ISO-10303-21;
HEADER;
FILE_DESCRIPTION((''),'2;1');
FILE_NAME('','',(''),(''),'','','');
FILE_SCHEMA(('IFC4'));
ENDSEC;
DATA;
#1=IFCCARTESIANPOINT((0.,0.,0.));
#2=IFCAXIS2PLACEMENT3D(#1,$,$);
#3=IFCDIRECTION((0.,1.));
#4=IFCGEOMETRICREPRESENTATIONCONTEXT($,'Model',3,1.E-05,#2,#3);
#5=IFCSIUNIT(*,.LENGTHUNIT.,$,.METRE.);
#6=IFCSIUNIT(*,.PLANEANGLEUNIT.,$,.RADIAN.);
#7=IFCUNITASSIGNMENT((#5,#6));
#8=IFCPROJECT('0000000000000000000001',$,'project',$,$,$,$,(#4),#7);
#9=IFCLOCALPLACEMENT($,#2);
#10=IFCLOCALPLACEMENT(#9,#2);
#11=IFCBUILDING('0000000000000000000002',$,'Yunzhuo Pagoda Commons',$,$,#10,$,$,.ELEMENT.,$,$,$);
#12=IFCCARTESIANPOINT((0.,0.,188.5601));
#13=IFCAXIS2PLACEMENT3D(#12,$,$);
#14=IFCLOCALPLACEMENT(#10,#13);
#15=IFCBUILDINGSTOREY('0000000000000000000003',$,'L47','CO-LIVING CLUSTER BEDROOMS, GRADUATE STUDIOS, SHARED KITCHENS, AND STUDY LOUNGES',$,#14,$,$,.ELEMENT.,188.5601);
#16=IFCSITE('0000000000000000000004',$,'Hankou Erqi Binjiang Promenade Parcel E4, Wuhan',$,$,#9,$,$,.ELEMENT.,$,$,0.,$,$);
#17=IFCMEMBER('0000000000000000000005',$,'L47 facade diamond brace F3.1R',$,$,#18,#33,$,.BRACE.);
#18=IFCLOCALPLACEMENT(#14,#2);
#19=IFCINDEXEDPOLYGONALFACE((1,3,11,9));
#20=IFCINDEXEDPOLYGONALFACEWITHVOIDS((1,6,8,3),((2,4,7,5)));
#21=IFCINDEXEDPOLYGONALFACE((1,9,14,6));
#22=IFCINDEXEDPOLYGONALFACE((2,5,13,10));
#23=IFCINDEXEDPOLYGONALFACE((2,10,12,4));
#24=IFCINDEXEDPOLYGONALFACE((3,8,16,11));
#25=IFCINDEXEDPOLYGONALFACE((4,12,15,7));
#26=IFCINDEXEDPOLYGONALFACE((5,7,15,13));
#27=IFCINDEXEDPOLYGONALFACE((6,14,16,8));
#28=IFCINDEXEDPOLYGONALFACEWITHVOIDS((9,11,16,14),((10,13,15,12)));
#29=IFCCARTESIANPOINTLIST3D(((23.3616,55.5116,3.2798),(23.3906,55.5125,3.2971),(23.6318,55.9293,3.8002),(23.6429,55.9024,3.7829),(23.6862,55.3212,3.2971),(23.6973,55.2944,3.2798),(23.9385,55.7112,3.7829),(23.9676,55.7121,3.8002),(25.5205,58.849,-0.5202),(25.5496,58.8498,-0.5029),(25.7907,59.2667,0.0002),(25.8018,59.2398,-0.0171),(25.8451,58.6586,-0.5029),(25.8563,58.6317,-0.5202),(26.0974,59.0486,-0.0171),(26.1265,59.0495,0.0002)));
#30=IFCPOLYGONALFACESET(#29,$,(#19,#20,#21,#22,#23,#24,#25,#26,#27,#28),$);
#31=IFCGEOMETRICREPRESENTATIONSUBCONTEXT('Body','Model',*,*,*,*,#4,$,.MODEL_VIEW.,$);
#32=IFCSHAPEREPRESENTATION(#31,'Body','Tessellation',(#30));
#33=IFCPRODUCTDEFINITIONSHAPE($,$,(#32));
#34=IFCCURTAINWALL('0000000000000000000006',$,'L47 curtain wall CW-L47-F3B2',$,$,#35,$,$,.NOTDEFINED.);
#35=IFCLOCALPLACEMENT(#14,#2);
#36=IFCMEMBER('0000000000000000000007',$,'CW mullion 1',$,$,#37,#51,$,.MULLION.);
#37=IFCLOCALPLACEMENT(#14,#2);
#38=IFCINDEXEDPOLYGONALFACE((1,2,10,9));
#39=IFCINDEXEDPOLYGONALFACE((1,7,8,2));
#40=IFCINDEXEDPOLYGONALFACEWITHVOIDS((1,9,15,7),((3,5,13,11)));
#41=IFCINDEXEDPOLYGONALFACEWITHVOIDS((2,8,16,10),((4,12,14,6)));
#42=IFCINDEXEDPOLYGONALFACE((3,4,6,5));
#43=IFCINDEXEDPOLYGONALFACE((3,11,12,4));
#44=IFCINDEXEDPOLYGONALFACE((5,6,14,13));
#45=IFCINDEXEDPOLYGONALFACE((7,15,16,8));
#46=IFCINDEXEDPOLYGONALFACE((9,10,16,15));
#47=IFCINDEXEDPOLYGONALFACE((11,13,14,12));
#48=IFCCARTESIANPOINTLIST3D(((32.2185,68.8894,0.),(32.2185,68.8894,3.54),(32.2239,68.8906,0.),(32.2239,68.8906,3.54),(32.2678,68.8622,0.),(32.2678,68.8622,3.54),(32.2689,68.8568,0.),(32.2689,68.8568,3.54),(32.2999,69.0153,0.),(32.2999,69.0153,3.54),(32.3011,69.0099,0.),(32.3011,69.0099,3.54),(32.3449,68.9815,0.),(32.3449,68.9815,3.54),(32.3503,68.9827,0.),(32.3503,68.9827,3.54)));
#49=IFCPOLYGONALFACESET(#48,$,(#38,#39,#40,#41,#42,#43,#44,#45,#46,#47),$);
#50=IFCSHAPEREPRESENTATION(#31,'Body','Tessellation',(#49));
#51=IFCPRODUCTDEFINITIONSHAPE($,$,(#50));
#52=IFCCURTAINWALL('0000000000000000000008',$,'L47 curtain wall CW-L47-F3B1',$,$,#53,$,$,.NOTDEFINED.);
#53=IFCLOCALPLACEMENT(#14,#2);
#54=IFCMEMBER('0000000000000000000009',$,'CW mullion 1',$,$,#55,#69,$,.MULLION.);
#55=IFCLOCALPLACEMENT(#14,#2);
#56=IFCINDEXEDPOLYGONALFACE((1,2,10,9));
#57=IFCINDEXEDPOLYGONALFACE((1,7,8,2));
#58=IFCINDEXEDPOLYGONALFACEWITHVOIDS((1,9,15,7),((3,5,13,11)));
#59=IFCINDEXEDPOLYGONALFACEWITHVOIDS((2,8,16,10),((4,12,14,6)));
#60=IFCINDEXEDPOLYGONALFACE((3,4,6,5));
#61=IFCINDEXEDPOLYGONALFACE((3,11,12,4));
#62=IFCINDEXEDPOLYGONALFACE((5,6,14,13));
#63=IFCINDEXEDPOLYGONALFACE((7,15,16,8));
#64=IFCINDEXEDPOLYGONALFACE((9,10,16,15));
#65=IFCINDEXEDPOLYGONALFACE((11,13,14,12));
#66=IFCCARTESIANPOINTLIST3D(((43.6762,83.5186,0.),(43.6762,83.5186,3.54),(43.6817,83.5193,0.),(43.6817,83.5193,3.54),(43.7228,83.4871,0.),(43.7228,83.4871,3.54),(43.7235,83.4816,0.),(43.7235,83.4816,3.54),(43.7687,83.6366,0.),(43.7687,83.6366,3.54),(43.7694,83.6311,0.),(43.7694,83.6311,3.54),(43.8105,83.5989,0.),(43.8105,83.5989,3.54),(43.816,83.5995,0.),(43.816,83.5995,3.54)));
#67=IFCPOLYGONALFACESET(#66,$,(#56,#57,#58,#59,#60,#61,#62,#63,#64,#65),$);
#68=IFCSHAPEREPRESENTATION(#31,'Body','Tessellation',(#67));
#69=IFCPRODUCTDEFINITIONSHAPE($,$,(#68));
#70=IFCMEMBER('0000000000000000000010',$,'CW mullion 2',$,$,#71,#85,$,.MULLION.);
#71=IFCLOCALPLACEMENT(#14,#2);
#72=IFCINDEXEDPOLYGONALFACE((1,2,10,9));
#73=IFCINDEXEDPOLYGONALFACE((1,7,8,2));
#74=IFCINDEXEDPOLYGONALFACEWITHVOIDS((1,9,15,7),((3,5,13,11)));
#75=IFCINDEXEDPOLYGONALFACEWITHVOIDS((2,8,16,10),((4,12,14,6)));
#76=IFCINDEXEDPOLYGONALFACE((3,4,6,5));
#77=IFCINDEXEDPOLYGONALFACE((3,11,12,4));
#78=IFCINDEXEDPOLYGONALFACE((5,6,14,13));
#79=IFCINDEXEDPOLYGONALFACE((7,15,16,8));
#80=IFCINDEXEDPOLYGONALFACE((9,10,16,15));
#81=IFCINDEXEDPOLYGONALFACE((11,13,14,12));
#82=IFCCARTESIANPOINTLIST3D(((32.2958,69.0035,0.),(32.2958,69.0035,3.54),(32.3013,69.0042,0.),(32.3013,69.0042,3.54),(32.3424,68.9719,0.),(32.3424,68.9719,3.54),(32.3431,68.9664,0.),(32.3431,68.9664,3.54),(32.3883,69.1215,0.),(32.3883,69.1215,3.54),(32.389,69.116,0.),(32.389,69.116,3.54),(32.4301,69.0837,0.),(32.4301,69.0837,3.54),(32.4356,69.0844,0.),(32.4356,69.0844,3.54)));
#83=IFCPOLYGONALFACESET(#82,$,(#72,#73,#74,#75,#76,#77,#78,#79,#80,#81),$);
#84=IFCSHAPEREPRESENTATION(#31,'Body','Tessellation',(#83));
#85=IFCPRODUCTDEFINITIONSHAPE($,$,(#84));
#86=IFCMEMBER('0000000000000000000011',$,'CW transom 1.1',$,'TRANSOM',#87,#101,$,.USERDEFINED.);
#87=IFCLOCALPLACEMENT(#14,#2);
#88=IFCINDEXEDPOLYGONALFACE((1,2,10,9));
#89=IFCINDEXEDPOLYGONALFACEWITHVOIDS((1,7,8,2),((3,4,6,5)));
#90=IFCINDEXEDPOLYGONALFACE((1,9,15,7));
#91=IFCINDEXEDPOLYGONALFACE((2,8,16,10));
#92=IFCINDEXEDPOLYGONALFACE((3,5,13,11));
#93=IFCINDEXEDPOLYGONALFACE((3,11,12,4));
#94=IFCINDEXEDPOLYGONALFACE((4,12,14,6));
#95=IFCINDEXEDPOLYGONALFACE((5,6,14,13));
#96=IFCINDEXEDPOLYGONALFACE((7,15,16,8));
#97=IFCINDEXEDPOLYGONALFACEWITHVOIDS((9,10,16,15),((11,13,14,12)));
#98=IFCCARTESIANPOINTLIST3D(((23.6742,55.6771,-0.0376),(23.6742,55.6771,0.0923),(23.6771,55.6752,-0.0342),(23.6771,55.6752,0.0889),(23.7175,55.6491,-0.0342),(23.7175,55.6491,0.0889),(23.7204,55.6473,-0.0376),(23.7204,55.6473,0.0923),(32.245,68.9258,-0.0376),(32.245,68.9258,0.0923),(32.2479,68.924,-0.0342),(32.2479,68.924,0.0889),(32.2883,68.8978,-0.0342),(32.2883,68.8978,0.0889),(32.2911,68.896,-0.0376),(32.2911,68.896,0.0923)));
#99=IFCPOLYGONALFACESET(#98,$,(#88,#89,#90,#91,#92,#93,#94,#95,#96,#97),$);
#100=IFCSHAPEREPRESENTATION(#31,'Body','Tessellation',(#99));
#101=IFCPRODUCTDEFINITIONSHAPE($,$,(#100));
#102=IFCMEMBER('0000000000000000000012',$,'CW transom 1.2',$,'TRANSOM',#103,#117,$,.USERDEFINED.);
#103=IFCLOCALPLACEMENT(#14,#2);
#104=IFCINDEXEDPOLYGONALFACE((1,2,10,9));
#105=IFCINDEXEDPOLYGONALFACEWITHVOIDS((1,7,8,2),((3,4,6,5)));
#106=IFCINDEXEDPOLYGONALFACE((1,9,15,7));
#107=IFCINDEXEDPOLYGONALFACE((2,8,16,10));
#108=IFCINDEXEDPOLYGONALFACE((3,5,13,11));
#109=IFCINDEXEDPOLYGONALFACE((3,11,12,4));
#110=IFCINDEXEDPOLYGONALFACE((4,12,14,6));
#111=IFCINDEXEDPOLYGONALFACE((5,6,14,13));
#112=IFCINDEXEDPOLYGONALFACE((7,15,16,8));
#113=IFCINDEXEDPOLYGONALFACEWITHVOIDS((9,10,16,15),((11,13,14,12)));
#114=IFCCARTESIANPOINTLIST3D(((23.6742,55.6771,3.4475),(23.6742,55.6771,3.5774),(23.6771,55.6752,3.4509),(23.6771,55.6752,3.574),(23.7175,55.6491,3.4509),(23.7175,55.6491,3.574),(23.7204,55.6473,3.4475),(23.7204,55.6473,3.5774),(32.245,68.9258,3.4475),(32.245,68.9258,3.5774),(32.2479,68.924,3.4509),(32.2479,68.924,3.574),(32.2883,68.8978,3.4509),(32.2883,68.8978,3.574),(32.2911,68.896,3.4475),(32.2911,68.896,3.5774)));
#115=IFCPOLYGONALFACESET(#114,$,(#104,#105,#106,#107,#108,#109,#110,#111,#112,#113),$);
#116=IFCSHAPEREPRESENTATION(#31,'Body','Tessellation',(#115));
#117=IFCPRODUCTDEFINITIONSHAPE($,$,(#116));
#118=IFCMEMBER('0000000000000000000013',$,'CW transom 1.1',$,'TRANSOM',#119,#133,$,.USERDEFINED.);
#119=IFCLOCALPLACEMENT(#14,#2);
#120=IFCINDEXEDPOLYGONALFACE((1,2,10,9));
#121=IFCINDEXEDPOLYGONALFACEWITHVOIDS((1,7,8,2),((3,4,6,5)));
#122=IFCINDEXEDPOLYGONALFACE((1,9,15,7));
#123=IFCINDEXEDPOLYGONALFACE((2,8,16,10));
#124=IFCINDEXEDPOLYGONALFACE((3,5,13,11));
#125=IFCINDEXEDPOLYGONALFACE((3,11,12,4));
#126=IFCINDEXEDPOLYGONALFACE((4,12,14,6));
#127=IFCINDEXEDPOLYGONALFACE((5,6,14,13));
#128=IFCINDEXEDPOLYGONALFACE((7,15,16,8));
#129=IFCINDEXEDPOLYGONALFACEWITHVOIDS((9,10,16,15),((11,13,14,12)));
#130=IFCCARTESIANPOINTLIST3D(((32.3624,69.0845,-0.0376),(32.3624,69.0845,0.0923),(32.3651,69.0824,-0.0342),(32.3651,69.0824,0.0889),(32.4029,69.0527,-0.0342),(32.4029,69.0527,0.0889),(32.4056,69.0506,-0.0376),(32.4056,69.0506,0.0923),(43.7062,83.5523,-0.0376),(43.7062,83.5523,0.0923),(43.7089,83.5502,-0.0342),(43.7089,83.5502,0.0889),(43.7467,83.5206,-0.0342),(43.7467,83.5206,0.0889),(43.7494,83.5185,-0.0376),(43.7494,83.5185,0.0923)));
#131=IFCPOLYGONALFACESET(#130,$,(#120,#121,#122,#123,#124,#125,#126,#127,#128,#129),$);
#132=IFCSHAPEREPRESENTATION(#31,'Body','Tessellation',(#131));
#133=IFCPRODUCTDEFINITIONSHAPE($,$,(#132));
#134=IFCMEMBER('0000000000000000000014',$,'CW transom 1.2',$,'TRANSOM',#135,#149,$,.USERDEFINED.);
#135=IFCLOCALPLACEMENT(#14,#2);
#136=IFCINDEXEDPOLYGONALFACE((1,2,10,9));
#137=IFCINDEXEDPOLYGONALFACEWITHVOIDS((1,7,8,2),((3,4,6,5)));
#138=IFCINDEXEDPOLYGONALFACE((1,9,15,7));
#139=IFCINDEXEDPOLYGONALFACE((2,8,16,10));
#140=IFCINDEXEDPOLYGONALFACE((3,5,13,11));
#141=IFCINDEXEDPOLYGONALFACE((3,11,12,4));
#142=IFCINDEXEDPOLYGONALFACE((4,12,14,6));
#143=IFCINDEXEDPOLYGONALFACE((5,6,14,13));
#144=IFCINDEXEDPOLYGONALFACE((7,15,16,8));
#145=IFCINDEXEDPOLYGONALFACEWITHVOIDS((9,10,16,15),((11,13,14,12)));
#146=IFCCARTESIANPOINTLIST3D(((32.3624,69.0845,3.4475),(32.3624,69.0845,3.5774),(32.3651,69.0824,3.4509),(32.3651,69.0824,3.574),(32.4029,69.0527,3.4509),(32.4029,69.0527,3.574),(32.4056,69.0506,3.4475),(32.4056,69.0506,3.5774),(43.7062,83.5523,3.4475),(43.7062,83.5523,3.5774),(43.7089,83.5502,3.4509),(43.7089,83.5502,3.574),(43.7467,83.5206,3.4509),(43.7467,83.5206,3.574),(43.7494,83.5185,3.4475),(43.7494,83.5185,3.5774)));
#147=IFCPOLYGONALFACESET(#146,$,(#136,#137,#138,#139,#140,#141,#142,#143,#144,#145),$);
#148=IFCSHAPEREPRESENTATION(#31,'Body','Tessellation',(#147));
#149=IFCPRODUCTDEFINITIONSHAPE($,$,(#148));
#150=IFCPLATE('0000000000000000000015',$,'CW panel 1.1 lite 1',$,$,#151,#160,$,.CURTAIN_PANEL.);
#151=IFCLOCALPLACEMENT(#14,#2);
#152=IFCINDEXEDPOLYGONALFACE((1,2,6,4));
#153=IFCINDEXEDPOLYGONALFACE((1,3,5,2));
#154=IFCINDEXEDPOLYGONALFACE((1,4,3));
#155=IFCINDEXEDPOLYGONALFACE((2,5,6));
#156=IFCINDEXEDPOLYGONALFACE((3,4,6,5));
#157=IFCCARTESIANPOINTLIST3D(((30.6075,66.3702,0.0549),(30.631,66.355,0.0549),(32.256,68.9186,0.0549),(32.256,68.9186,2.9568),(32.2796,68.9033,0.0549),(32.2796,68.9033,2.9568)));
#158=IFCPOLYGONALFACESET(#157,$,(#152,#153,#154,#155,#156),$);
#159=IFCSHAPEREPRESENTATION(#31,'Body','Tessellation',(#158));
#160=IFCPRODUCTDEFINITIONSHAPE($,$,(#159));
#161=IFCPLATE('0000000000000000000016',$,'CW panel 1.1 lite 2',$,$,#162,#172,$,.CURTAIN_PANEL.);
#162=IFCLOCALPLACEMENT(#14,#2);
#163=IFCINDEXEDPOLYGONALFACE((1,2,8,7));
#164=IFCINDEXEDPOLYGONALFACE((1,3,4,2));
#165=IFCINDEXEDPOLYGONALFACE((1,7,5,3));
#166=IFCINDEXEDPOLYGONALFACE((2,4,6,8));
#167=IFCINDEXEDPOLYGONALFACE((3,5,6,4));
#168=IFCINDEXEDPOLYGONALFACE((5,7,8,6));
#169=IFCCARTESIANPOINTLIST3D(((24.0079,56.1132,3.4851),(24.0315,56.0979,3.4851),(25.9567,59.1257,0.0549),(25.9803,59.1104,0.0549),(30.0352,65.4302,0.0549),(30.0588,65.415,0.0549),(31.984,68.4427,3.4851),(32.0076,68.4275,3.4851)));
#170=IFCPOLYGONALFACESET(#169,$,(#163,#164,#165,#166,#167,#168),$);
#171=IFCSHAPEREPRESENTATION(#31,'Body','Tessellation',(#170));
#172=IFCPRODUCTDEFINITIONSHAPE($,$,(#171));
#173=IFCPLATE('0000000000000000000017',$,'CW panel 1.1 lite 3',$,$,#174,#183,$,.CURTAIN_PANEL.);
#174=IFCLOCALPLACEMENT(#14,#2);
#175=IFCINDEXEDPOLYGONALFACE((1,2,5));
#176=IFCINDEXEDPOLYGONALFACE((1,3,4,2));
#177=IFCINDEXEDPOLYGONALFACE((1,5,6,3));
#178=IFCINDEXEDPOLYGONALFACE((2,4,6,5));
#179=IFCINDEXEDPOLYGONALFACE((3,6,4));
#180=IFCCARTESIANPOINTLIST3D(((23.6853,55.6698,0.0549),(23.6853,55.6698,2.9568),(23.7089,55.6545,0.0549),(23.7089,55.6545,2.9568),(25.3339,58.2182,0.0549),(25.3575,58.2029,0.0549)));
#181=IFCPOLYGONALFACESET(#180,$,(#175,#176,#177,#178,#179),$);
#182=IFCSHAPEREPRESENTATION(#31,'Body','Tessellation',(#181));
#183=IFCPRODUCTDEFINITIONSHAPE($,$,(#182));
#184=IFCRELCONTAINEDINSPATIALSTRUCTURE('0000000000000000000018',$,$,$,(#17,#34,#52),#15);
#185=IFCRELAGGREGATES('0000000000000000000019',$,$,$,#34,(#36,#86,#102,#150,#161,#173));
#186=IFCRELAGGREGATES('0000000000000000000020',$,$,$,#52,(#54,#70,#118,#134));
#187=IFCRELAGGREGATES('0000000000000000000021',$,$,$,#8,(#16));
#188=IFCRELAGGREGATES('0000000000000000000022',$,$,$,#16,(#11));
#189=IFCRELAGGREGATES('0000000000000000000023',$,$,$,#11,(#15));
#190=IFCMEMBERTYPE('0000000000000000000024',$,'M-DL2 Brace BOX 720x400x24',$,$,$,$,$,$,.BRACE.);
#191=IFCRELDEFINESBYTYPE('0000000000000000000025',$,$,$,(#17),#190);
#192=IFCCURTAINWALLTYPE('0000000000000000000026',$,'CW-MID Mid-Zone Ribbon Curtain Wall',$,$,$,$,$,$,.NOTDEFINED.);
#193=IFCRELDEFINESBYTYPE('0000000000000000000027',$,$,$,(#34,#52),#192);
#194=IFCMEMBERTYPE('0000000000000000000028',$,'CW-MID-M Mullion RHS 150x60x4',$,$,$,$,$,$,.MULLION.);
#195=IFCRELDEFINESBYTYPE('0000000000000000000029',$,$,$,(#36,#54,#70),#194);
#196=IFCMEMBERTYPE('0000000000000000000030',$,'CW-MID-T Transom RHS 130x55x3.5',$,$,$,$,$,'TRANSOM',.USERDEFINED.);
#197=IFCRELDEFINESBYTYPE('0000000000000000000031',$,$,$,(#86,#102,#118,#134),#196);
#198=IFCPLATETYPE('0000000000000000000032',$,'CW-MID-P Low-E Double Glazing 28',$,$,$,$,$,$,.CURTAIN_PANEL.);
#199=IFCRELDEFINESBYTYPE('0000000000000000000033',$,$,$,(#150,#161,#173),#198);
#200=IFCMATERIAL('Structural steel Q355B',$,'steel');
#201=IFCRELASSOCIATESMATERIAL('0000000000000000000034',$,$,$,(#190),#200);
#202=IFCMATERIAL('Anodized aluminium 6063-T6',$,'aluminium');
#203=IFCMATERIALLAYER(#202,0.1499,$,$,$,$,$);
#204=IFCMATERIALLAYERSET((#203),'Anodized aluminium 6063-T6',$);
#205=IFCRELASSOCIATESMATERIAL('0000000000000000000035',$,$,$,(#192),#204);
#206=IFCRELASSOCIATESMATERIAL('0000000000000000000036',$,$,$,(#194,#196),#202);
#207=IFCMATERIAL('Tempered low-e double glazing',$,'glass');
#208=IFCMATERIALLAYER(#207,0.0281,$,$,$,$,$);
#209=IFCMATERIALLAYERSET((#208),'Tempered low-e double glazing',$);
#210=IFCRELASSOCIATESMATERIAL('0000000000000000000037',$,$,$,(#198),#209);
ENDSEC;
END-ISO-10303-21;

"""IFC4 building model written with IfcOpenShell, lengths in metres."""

from ifc_helpers import new_model, si_unit, direction, frame, origin, origin_2d, place, context, subcontext, project, spatial, polyline, hollow_rectangle, outline, extrude, source, transform, mapped, material, layer, layer_set, material_profile, profile_set, type_object, element, aggregate, save


model = new_model("IFC4")

# Units and contexts
model_context = context("Model", 3, precision=1e-05, world=origin(), true_north=direction((0.0, 1.0)))
body_context = subcontext(model_context, "Body", "Model", "MODEL_VIEW")
ifc_project = project(units=[si_unit("LENGTHUNIT", "METRE"), si_unit("PLANEANGLEUNIT", "RADIAN")], contexts=[model_context])

# Site, building, storey
site_placement = place(None, origin())
site = spatial("IfcSite", under=ifc_project, at=site_placement, Name="Hankou Erqi Binjiang Promenade Parcel E4, Wuhan", CompositionType="ELEMENT", RefElevation=0.0)
building_placement = place(site_placement, origin())
building = spatial("IfcBuilding", under=site, at=building_placement, Name="Yunzhuo Pagoda Commons", CompositionType="ELEMENT")
storey_placement = place(building_placement, frame((0.0, 0.0, 188.5601)))
storey = spatial("IfcBuildingStorey", under=building, at=storey_placement, Name="L47", Description="CO-LIVING CLUSTER BEDROOMS, GRADUATE STUDIOS, SHARED KITCHENS, AND STUDY LOUNGES", CompositionType="ELEMENT", Elevation=188.5601)

# Shared definitions
ifc_material_1 = material(Name="Structural steel Q355B", Category="steel")

# Member
ifc_material_profile_1 = material_profile(ifc_material_1, hollow_rectangle(XDim=0.3999, YDim=0.72, WallThickness=0.0239, at=origin_2d()), Name="Structural steel Q355B")
ifc_profile_set_1 = profile_set([ifc_material_profile_1], Name="Structural steel Q355B")
member_type_1 = type_object("IfcMemberType", Name="M-DL2 Brace BOX 720x400x24", PredefinedType="BRACE", material=ifc_profile_set_1)
shared_shape_1 = source(origin(), body_context, "Body", "SweptSolid", [
    extrude(hollow_rectangle(XDim=0.3999, YDim=0.72, WallThickness=0.0239, at=origin_2d()), origin(), (0.0, 0.0, 1.0), 5.499),
])
for number, where, z_axis, x_axis, name in (
    (1, (25.8235, 58.9492, -0.26), (-0.392601, -0.606904, 0.691036), (0.839634, -0.543152, 0.0), "L47 facade diamond brace F3.1R"),
):
    element("IfcMember", number, at=place(storey_placement, frame(where, z_axis=z_axis, x_axis=x_axis)), inside=storey, type_object=member_type_1, Name=name, PredefinedType="BRACE", context=body_context, shape_type="MappedRepresentation", body=[
        mapped(shared_shape_1, transform((0.0, 0.0, 0.0), scale=1.0)),
    ])

# Curtain wall, member
ifc_material_2 = material(Name="Anodized aluminium 6063-T6", Category="aluminium")
ifc_layer_1 = layer(ifc_material_2, 0.1499)
ifc_layer_set_1 = layer_set([ifc_layer_1], Name="Anodized aluminium 6063-T6")
curtain_wall_type = type_object("IfcCurtainWallType", Name="CW-MID Mid-Zone Ribbon Curtain Wall", PredefinedType="NOTDEFINED", material=ifc_layer_set_1)
curtain_wall_1_placement = place(storey_placement, origin())
curtain_wall_1 = element("IfcCurtainWall", 2, at=curtain_wall_1_placement, inside=storey, type_object=curtain_wall_type, Name="L47 curtain wall CW-L47-F3B2", PredefinedType="NOTDEFINED")
ifc_material_profile_2 = material_profile(ifc_material_2, hollow_rectangle(XDim=0.0601, YDim=0.1499, WallThickness=0.0039, at=origin_2d()), Name="Anodized aluminium 6063-T6")
ifc_profile_set_2 = profile_set([ifc_material_profile_2], Name="Anodized aluminium 6063-T6")
member_type_2 = type_object("IfcMemberType", Name="CW-MID-M Mullion RHS 150x60x4", PredefinedType="MULLION", material=ifc_profile_set_2)
shared_shape_2 = source(origin(), body_context, "Body", "SweptSolid", [
    extrude(hollow_rectangle(XDim=0.0601, YDim=0.1499, WallThickness=0.0039, at=origin_2d()), origin(), (0.0, 0.0, 1.0), 3.54),
])
member_1_placement = place(storey_placement, frame((32.2844, 68.936, 0.0), z_axis=(0.0, 0.0, 1.0), x_axis=(0.839627, -0.543164, 0.0)))
member_1 = element("IfcMember", 3, at=member_1_placement, type_object=member_type_2, Name="CW mullion 1", PredefinedType="MULLION", context=body_context, shape_type="MappedRepresentation", body=[
    mapped(shared_shape_2, transform((0.0, 0.0, 0.0), scale=1.0)),
])

# Curtain wall, members
curtain_wall_2_placement = place(storey_placement, origin())
curtain_wall_2 = element("IfcCurtainWall", 4, at=curtain_wall_2_placement, inside=storey, type_object=curtain_wall_type, Name="L47 curtain wall CW-L47-F3B1", PredefinedType="NOTDEFINED")
member_2_placement = place(storey_placement, frame((43.7461, 83.5591, 0.0), z_axis=(0.0, 0.0, 1.0), x_axis=(0.78695, -0.617016, 0.0)))
member_2 = element("IfcMember", 5, at=member_2_placement, type_object=member_type_2, Name="CW mullion 1", PredefinedType="MULLION", context=body_context, shape_type="MappedRepresentation", body=[
    mapped(shared_shape_2, transform((0.0, 0.0, 0.0), scale=1.0)),
])
member_3_placement = place(storey_placement, frame((32.3657, 69.0439, 0.0), z_axis=(0.0, 0.0, 1.0), x_axis=(0.78695, -0.617016, 0.0)))
member_3 = element("IfcMember", 6, at=member_3_placement, type_object=member_type_2, Name="CW mullion 2", PredefinedType="MULLION", context=body_context, shape_type="MappedRepresentation", body=[
    mapped(shared_shape_2, transform((0.0, 0.0, 0.0), scale=1.0)),
])

# Members
ifc_material_profile_3 = material_profile(ifc_material_2, hollow_rectangle(XDim=0.0549, YDim=0.1299, WallThickness=0.0034, at=origin_2d()), Name="Anodized aluminium 6063-T6")
ifc_profile_set_3 = profile_set([ifc_material_profile_3], Name="Anodized aluminium 6063-T6")
member_type_3 = type_object("IfcMemberType", Name="CW-MID-T Transom RHS 130x55x3.5", ElementType="TRANSOM", PredefinedType="USERDEFINED", material=ifc_profile_set_3)
shared_shape_3 = source(origin(), body_context, "Body", "SweptSolid", [
    extrude(hollow_rectangle(XDim=0.0549, YDim=0.1299, WallThickness=0.0034, at=origin_2d()), origin(), (0.0, 0.0, 1.0), 15.7793),
])
member_4_placement = place(storey_placement, frame((32.2681, 68.9109, 0.0273), z_axis=(-0.543165, -0.839626, 0.0), x_axis=(0.839626, -0.543165, 0.0)))
member_4 = element("IfcMember", 7, at=member_4_placement, type_object=member_type_3, Name="CW transom 1.1", ObjectType="TRANSOM", PredefinedType="USERDEFINED", context=body_context, shape_type="MappedRepresentation", body=[
    mapped(shared_shape_3, transform((0.0, 0.0, 0.0), scale=1.0)),
])
member_5_placement = place(storey_placement, frame((32.2681, 68.9109, 3.5125), z_axis=(-0.543165, -0.839626, 0.0), x_axis=(0.839626, -0.543165, 0.0)))
member_5 = element("IfcMember", 8, at=member_5_placement, type_object=member_type_3, Name="CW transom 1.2", ObjectType="TRANSOM", PredefinedType="USERDEFINED", context=body_context, shape_type="MappedRepresentation", body=[
    mapped(shared_shape_3, transform((0.0, 0.0, 0.0), scale=1.0)),
])
shared_shape_4 = source(origin(), body_context, "Body", "SweptSolid", [
    extrude(hollow_rectangle(XDim=0.0549, YDim=0.1299, WallThickness=0.0034, at=origin_2d()), origin(), (0.0, 0.0, 1.0), 18.3848),
])
member_6_placement = place(storey_placement, frame((43.7278, 83.5354, 0.0273), z_axis=(-0.617021, -0.786946, 0.0), x_axis=(0.786946, -0.617021, 0.0)))
member_6 = element("IfcMember", 9, at=member_6_placement, type_object=member_type_3, Name="CW transom 1.1", ObjectType="TRANSOM", PredefinedType="USERDEFINED", context=body_context, shape_type="MappedRepresentation", body=[
    mapped(shared_shape_4, transform((0.0, 0.0, 0.0), scale=1.0)),
])
member_7_placement = place(storey_placement, frame((43.7278, 83.5354, 3.5125), z_axis=(-0.617021, -0.786946, 0.0), x_axis=(0.786946, -0.617021, 0.0)))
member_7 = element("IfcMember", 10, at=member_7_placement, type_object=member_type_3, Name="CW transom 1.2", ObjectType="TRANSOM", PredefinedType="USERDEFINED", context=body_context, shape_type="MappedRepresentation", body=[
    mapped(shared_shape_4, transform((0.0, 0.0, 0.0), scale=1.0)),
])

# Plates
ifc_material_3 = material(Name="Tempered low-e double glazing", Category="glass")
ifc_layer_2 = layer(ifc_material_3, 0.0281)
ifc_layer_set_2 = layer_set([ifc_layer_2], Name="Tempered low-e double glazing")
plate_type_1 = type_object("IfcPlateType", Name="CW-MID-P Low-E Double Glazing 28", PredefinedType="CURTAIN_PANEL", material=ifc_layer_set_2)
plate_1_placement = place(storey_placement, frame((31.4553, 67.6292, 1.5059), z_axis=(-0.839627, 0.543164, 0.0), x_axis=(-0.543164, -0.839627, 0.0)))
plate_1 = element("IfcPlate", 11, at=plate_1_placement, type_object=plate_type_1, Name="CW panel 1.1 lite 1", PredefinedType="CURTAIN_PANEL", context=body_context, shape_type="SweptSolid", body=[
    extrude(outline(polyline([(-1.5176, -1.4509), (1.5176, -1.4509), (-1.5176, 1.4509), (-1.5176, -1.4509)])), origin(), (0.0, 0.0, 1.0), 0.0281),
])
plate_2_placement = place(storey_placement, frame((28.0195, 62.2627, 1.77), z_axis=(-0.839627, 0.543164, 0.0), x_axis=(-0.543164, -0.839627, 0.0)))
plate_2 = element("IfcPlate", 12, at=plate_2_placement, type_object=plate_type_1, Name="CW panel 1.1 lite 2", PredefinedType="CURTAIN_PANEL", context=body_context, shape_type="SweptSolid", body=[
    extrude(outline(polyline([(-7.3423, 1.7151), (-3.7544, -1.7151), (3.7544, -1.7151), (7.3423, 1.7151), (-7.3423, 1.7151)])), origin(), (0.0, 0.0, 1.0), 0.0281),
])
plate_3_placement = place(storey_placement, frame((24.5332, 56.9287, 1.5059), z_axis=(-0.839627, 0.543164, 0.0), x_axis=(-0.543164, -0.839627, 0.0)))
plate_3 = element("IfcPlate", 13, at=plate_3_placement, type_object=plate_type_1, Name="CW panel 1.1 lite 3", PredefinedType="CURTAIN_PANEL", context=body_context, shape_type="SweptSolid", body=[
    extrude(outline(polyline([(-1.5176, -1.4509), (1.5176, -1.4509), (1.5176, 1.4509), (-1.5176, -1.4509)])), origin(), (0.0, 0.0, 1.0), 0.0281),
])
aggregate(curtain_wall_1, [member_1, member_4, member_5, plate_1, plate_2, plate_3])
aggregate(curtain_wall_2, [member_2, member_3, member_6, member_7])

save(model, "model.ifc")
